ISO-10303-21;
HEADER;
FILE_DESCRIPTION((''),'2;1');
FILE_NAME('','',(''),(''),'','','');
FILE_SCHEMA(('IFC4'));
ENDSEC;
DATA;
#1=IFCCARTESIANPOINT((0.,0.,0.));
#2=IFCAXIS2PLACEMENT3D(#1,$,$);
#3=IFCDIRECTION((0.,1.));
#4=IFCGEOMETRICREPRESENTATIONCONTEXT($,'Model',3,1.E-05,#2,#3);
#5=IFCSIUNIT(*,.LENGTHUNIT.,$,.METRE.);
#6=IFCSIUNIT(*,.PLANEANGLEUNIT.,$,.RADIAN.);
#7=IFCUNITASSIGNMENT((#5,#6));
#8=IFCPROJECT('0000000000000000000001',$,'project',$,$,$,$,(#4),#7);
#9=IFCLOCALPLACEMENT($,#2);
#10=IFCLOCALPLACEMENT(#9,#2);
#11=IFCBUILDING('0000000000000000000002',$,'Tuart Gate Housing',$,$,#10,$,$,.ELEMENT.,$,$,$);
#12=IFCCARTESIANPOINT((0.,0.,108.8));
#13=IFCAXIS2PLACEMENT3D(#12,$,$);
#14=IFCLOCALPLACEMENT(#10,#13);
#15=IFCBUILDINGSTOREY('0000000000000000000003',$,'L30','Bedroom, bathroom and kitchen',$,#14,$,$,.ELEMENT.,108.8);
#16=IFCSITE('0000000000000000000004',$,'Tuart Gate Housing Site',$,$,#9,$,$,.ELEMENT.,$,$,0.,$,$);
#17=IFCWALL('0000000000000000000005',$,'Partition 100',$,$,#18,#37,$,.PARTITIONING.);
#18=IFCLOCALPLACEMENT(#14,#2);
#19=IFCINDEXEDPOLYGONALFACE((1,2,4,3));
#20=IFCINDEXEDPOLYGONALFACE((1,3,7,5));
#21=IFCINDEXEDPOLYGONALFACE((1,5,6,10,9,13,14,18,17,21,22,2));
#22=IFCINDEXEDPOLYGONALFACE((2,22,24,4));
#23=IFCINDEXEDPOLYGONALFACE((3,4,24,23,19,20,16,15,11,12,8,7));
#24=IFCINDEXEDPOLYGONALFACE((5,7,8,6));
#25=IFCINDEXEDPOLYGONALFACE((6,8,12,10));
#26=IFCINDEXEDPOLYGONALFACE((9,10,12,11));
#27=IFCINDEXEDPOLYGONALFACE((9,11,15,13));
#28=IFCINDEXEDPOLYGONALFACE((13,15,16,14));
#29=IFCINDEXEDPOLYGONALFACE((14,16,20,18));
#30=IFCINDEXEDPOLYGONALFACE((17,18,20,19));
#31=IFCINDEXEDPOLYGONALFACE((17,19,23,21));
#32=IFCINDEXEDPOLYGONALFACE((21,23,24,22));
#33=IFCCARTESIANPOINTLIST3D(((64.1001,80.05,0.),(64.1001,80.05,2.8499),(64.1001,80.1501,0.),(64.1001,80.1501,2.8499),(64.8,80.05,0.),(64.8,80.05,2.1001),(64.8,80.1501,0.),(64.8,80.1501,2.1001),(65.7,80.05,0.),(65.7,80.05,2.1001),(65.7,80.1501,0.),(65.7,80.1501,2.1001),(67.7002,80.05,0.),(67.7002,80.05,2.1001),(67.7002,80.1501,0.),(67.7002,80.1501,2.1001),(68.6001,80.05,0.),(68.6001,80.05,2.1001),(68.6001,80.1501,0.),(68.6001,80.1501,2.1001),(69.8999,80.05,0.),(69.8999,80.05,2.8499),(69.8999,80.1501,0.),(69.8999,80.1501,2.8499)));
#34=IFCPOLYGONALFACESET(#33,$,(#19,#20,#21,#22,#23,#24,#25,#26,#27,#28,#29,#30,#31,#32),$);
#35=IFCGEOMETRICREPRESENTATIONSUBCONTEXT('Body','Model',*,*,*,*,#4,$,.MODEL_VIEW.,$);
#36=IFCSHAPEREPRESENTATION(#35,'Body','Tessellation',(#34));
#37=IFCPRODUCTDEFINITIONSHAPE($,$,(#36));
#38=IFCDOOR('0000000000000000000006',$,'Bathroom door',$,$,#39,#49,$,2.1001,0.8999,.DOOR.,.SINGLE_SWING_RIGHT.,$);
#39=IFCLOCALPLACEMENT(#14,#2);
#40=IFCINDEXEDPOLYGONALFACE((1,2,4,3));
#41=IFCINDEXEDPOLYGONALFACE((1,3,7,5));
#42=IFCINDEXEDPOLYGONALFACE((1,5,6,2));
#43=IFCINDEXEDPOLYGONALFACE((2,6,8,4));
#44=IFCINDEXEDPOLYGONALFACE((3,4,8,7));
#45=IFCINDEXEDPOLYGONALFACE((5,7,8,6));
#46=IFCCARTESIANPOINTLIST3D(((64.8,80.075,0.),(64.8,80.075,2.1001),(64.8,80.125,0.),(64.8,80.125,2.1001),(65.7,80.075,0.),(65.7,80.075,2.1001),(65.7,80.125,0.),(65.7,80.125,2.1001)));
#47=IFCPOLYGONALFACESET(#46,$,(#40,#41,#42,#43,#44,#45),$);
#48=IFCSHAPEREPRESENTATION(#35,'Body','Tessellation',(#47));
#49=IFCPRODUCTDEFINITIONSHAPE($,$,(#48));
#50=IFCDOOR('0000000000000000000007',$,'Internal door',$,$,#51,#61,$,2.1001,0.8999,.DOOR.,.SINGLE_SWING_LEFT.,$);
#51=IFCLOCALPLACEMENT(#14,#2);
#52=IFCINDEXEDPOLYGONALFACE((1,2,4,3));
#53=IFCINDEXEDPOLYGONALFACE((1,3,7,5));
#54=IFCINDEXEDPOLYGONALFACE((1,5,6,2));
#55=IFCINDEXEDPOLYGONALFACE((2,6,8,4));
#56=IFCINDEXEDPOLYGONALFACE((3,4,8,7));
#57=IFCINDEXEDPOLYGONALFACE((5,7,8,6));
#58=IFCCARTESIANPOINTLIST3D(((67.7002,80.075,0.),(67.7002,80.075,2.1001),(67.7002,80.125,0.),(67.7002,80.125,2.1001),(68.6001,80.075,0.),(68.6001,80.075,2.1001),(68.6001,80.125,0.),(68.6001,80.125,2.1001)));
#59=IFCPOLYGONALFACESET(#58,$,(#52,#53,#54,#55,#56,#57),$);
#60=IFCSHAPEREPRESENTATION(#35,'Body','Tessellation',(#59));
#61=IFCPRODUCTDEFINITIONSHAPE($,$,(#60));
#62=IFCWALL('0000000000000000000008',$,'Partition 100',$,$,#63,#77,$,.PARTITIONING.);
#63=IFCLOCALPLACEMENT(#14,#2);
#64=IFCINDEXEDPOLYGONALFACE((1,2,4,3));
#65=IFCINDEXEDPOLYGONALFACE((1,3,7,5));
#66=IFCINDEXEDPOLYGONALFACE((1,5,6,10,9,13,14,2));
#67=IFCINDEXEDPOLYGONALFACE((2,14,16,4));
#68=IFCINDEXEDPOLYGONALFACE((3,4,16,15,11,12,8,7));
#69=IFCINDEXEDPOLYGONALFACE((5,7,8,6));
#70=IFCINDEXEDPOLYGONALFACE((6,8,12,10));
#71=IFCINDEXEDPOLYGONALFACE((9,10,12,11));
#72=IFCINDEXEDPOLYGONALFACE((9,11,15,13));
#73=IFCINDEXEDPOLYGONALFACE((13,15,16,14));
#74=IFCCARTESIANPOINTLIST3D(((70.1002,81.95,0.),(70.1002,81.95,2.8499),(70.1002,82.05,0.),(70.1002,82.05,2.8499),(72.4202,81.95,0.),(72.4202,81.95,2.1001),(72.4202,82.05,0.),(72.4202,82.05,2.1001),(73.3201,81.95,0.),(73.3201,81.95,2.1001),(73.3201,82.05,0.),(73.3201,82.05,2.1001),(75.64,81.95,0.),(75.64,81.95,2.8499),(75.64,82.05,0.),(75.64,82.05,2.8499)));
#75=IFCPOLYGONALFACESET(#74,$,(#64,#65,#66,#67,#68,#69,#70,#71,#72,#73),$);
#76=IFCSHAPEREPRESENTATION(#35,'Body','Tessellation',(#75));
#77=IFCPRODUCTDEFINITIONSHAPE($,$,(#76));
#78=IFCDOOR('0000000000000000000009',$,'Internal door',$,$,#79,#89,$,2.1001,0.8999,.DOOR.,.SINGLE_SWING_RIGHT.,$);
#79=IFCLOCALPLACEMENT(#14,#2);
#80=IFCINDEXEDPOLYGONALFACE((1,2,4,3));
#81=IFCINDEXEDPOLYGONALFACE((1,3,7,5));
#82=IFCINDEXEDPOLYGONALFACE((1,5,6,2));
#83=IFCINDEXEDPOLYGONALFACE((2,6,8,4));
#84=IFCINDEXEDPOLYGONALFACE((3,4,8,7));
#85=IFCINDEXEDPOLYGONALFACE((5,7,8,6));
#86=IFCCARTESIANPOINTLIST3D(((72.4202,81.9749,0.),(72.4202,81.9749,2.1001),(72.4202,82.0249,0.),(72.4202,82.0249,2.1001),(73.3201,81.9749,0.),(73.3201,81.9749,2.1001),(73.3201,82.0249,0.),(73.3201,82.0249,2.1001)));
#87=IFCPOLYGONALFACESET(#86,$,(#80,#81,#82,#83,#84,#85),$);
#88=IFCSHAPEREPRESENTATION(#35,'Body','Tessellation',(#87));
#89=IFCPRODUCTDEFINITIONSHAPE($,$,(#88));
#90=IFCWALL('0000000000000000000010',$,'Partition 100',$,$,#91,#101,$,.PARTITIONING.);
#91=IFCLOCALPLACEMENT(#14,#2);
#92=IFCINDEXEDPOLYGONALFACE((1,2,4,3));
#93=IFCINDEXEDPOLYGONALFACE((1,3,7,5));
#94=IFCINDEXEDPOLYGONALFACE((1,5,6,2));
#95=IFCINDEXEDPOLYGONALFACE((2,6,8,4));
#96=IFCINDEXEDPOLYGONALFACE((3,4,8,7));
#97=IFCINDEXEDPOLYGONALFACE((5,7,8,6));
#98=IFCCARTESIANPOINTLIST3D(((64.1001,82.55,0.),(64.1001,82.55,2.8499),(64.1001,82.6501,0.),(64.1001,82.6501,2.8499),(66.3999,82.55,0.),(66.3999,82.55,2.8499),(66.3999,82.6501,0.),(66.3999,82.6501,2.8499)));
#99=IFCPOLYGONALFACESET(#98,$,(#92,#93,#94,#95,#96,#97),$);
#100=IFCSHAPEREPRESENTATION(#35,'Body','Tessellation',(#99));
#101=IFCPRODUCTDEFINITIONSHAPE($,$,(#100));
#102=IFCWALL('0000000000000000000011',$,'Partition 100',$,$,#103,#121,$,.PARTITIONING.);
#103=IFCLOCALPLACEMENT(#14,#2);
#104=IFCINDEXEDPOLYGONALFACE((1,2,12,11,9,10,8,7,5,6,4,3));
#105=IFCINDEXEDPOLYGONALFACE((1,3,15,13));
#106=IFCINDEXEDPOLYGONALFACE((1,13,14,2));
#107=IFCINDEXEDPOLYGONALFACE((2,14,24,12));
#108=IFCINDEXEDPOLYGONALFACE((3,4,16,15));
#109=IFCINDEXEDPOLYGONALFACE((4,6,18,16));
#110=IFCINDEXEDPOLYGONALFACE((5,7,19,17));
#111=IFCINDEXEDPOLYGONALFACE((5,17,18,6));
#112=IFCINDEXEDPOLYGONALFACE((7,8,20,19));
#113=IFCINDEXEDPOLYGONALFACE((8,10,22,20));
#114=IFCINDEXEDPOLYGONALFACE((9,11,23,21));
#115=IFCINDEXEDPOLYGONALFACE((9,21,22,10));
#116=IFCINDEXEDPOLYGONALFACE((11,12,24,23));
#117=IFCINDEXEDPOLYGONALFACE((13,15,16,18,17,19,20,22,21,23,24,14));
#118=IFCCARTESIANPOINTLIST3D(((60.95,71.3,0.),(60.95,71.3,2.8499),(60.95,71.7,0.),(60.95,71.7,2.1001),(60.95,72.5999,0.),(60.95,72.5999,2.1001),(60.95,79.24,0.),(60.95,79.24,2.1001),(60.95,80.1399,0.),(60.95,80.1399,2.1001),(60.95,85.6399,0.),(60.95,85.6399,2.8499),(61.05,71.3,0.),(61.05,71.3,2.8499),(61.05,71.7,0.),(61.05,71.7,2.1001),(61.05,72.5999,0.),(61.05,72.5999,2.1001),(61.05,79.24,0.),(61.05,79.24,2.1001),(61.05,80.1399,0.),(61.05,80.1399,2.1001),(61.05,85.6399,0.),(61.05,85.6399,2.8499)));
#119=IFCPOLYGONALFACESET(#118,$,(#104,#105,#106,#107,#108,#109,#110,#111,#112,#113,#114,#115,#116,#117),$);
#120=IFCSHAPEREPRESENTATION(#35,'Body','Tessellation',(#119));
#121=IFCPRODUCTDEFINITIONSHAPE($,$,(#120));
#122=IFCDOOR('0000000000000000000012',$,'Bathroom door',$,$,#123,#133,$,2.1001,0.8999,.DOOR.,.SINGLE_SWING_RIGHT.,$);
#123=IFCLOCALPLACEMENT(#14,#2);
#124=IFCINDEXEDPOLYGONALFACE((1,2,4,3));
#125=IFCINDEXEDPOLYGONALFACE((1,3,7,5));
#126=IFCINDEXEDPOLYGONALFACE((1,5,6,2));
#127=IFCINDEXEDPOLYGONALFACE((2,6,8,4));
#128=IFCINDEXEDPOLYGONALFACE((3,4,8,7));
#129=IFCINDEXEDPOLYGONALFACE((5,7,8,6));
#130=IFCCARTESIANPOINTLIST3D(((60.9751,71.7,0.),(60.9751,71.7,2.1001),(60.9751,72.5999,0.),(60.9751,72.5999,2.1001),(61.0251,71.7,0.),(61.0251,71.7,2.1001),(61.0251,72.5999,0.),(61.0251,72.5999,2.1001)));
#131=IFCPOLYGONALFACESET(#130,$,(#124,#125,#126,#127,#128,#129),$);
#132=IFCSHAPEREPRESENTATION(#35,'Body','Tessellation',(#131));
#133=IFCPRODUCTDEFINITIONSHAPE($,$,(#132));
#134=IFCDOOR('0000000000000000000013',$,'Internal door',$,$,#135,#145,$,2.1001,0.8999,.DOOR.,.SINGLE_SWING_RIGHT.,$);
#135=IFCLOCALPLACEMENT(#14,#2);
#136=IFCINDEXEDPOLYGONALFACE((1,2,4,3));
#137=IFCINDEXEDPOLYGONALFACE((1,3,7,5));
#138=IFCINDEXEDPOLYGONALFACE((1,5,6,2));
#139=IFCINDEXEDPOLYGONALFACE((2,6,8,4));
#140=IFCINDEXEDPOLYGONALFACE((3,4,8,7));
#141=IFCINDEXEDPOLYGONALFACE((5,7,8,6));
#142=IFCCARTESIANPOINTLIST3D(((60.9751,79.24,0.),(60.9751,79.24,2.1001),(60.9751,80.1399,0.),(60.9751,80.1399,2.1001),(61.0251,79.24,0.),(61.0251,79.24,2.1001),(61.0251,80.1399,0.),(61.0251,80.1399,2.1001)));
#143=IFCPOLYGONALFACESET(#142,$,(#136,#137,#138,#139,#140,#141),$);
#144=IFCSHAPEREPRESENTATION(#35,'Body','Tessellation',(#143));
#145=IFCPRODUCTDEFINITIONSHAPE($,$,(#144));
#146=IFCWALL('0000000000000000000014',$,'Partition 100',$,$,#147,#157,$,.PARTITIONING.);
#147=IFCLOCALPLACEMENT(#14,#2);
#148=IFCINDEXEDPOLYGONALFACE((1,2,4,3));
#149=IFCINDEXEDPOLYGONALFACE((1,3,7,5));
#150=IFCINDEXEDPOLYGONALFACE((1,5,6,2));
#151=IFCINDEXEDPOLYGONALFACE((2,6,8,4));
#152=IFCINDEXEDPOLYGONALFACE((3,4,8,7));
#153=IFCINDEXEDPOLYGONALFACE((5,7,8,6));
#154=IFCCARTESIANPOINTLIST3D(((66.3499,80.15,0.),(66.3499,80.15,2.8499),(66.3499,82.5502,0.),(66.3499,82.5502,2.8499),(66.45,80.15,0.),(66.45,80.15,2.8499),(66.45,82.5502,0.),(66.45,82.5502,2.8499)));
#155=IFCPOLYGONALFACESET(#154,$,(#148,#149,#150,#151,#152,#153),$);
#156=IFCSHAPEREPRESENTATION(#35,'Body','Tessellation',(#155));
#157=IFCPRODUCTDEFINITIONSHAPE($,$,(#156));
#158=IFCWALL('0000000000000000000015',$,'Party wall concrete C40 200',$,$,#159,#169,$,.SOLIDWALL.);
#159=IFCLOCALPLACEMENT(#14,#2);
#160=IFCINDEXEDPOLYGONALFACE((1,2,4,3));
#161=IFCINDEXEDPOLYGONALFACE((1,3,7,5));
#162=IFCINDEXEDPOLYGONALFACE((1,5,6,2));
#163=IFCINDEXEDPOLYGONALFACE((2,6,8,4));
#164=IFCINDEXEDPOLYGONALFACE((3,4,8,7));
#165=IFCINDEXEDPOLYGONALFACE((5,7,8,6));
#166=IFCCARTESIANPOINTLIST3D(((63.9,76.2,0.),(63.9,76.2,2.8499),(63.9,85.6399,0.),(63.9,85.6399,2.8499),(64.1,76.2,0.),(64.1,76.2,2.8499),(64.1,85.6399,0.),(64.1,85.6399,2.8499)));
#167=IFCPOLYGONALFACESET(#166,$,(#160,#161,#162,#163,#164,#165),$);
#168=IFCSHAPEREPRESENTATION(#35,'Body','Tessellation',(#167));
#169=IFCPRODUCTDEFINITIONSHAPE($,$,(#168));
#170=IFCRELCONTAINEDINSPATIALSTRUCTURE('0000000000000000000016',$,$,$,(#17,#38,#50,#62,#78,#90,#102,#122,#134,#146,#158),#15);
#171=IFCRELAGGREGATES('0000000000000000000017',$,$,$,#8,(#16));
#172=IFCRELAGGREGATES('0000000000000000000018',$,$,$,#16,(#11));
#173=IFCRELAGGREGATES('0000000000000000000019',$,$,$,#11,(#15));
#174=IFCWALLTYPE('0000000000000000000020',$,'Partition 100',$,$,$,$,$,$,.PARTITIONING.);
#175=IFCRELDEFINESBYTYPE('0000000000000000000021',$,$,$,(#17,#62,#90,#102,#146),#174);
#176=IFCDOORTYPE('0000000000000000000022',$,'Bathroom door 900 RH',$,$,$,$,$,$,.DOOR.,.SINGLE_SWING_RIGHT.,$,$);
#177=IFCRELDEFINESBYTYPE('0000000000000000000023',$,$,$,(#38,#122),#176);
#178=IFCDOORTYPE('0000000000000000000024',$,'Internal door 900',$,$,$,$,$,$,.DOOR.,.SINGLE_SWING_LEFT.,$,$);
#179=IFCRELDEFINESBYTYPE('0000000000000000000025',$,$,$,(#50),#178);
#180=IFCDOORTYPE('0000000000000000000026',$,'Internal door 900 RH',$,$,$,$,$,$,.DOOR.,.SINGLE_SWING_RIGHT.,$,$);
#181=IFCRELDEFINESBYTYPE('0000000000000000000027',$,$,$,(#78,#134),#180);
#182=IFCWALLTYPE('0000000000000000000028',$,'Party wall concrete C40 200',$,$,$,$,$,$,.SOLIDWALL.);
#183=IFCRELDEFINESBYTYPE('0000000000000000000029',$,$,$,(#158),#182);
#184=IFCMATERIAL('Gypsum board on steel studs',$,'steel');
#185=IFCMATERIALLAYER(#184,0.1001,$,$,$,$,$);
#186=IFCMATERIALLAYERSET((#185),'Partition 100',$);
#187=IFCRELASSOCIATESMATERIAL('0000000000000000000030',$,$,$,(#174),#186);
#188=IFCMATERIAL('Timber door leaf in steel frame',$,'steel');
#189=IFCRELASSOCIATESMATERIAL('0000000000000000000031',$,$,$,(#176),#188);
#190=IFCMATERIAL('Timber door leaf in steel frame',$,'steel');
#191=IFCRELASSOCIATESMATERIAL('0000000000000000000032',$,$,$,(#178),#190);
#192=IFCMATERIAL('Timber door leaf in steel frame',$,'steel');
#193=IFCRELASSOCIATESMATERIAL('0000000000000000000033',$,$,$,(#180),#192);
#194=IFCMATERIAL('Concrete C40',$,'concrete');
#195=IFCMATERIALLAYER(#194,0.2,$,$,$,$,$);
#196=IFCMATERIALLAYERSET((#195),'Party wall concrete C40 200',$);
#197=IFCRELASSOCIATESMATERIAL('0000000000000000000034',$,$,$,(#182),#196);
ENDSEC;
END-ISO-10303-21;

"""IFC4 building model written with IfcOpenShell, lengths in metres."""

from ifc_helpers import new_model, si_unit, direction, frame, frame_2d, origin, place, context, subcontext, project, spatial, rectangle, extrude, material, layer, layer_set, type_object, element, fill, save


model = new_model("IFC4")

# Units and contexts
model_context = context("Model", 3, precision=1e-05, world=origin(), true_north=direction((0.0, 1.0)))
body_context = subcontext(model_context, "Body", "Model", "MODEL_VIEW")
ifc_project = project(units=[si_unit("LENGTHUNIT", "METRE"), si_unit("PLANEANGLEUNIT", "RADIAN")], contexts=[model_context])

# Site, building, storey
site_placement = place(None, origin())
site = spatial("IfcSite", under=ifc_project, at=site_placement, Name="Tuart Gate Housing Site", CompositionType="ELEMENT", RefElevation=0.0)
building_placement = place(site_placement, origin())
building = spatial("IfcBuilding", under=site, at=building_placement, Name="Tuart Gate Housing", CompositionType="ELEMENT")
storey_placement = place(building_placement, frame((0.0, 0.0, 108.8)))
storey = spatial("IfcBuildingStorey", under=building, at=storey_placement, Name="L30", Description="Bedroom, bathroom and kitchen", CompositionType="ELEMENT", Elevation=108.8)

# Shared definitions
ifc_material_1 = material(Name="Gypsum board on steel studs", Category="steel")
ifc_layer_1 = layer(ifc_material_1, 0.1001)
ifc_layer_set_1 = layer_set([ifc_layer_1], Name="Partition 100")
wall_type_1 = type_object("IfcWallType", Name="Partition 100", PredefinedType="PARTITIONING", material=ifc_layer_set_1)

# Wall, openings, doors
wall_1_placement = place(storey_placement, frame((64.1001, 80.1001, 0.0), z_axis=(0.0, 0.0, 1.0), x_axis=(1.0, 0.0, 0.0)))
wall_1 = element("IfcWall", 1, at=wall_1_placement, inside=storey, type_object=wall_type_1, Name="Partition 100", PredefinedType="PARTITIONING", context=body_context, shape_type="SweptSolid", body=[
    extrude(rectangle(XDim=5.7998, YDim=0.1001, at=frame_2d((2.8999, 0.0))), origin(), (0.0, 0.0, 1.0), 2.8499),
])
opening_1_placement = place(wall_1_placement, frame((3.6001, 0.0, 0.0)))
opening_1 = element("IfcOpeningElement", 2, at=opening_1_placement, cuts=wall_1, PredefinedType="OPENING", context=body_context, shape_type="SweptSolid", body=[
    extrude(rectangle(XDim=0.8999, YDim=2.1001, at=frame_2d((0.45, 1.05))), frame((0.0, 0.0601, 0.0), z_axis=(0.0, -1.0, 0.0), x_axis=(1.0, 0.0, 0.0)), (0.0, 0.0, 1.0), 0.1201),
])
opening_2_placement = place(wall_1_placement, frame((0.7, 0.0, 0.0)))
opening_2 = element("IfcOpeningElement", 3, at=opening_2_placement, cuts=wall_1, PredefinedType="OPENING", context=body_context, shape_type="SweptSolid", body=[
    extrude(rectangle(XDim=0.8999, YDim=2.1001, at=frame_2d((0.45, 1.05))), frame((0.0, 0.0601, 0.0), z_axis=(0.0, -1.0, 0.0), x_axis=(1.0, 0.0, 0.0)), (0.0, 0.0, 1.0), 0.1201),
])
ifc_material_2 = material(Name="Timber door leaf in steel frame", Category="steel")
door_type_1 = type_object("IfcDoorType", Name="Bathroom door 900 RH", OperationType="SINGLE_SWING_RIGHT", PredefinedType="DOOR", material=ifc_material_2)
door_1_placement = place(opening_2_placement, origin())
door_1 = element("IfcDoor", 4, at=door_1_placement, inside=storey, type_object=door_type_1, Name="Bathroom door", OperationType="SINGLE_SWING_RIGHT", OverallHeight=2.1001, OverallWidth=0.8999, PredefinedType="DOOR", context=body_context, shape_type="SweptSolid", body=[
    extrude(rectangle(XDim=0.8999, YDim=2.1001, at=frame_2d((0.45, 1.05))), frame((0.0, 0.0249, 0.0), z_axis=(0.0, -1.0, 0.0), x_axis=(1.0, 0.0, 0.0)), (0.0, 0.0, 1.0), 0.05),
])
fill(opening_2, door_1)
ifc_material_3 = material(Name="Timber door leaf in steel frame", Category="steel")
door_type_2 = type_object("IfcDoorType", Name="Internal door 900", OperationType="SINGLE_SWING_LEFT", PredefinedType="DOOR", material=ifc_material_3)
door_2_placement = place(opening_1_placement, origin())
door_2 = element("IfcDoor", 5, at=door_2_placement, inside=storey, type_object=door_type_2, Name="Internal door", OperationType="SINGLE_SWING_LEFT", OverallHeight=2.1001, OverallWidth=0.8999, PredefinedType="DOOR", context=body_context, shape_type="SweptSolid", body=[
    extrude(rectangle(XDim=0.8999, YDim=2.1001, at=frame_2d((0.45, 1.05))), frame((0.0, 0.0249, 0.0), z_axis=(0.0, -1.0, 0.0), x_axis=(1.0, 0.0, 0.0)), (0.0, 0.0, 1.0), 0.05),
])
fill(opening_1, door_2)

# Wall, opening, door
wall_2_placement = place(storey_placement, frame((70.1001, 82.0, 0.0), z_axis=(0.0, 0.0, 1.0), x_axis=(1.0, 0.0, 0.0)))
wall_2 = element("IfcWall", 6, at=wall_2_placement, inside=storey, type_object=wall_type_1, Name="Partition 100", PredefinedType="PARTITIONING", context=body_context, shape_type="SweptSolid", body=[
    extrude(rectangle(XDim=5.5398, YDim=0.1001, at=frame_2d((2.77, 0.0))), origin(), (0.0, 0.0, 1.0), 2.8499),
])
opening_3_placement = place(wall_2_placement, frame((2.3201, 0.0, 0.0)))
opening_3 = element("IfcOpeningElement", 7, at=opening_3_placement, cuts=wall_2, PredefinedType="OPENING", context=body_context, shape_type="SweptSolid", body=[
    extrude(rectangle(XDim=0.8999, YDim=2.1001, at=frame_2d((0.45, 1.05))), frame((0.0, 0.0601, 0.0), z_axis=(0.0, -1.0, 0.0), x_axis=(1.0, 0.0, 0.0)), (0.0, 0.0, 1.0), 0.1201),
])
ifc_material_4 = material(Name="Timber door leaf in steel frame", Category="steel")
door_type_3 = type_object("IfcDoorType", Name="Internal door 900 RH", OperationType="SINGLE_SWING_RIGHT", PredefinedType="DOOR", material=ifc_material_4)
door_3_placement = place(opening_3_placement, origin())
door_3 = element("IfcDoor", 8, at=door_3_placement, inside=storey, type_object=door_type_3, Name="Internal door", OperationType="SINGLE_SWING_RIGHT", OverallHeight=2.1001, OverallWidth=0.8999, PredefinedType="DOOR", context=body_context, shape_type="SweptSolid", body=[
    extrude(rectangle(XDim=0.8999, YDim=2.1001, at=frame_2d((0.45, 1.05))), frame((0.0, 0.0249, 0.0), z_axis=(0.0, -1.0, 0.0), x_axis=(1.0, 0.0, 0.0)), (0.0, 0.0, 1.0), 0.05),
])
fill(opening_3, door_3)

# Wall
wall_3_placement = place(storey_placement, frame((64.1001, 82.6001, 0.0), z_axis=(0.0, 0.0, 1.0), x_axis=(1.0, 0.0, 0.0)))
element("IfcWall", 9, at=wall_3_placement, inside=storey, type_object=wall_type_1, Name="Partition 100", PredefinedType="PARTITIONING", context=body_context, shape_type="SweptSolid", body=[
    extrude(rectangle(XDim=2.2998, YDim=0.1001, at=frame_2d((1.1499, 0.0))), origin(), (0.0, 0.0, 1.0), 2.8499),
])

# Wall, openings, doors
wall_4_placement = place(storey_placement, frame((61.0, 71.3, 0.0), z_axis=(0.0, 0.0, 1.0), x_axis=(0.0, 1.0, 0.0)))
wall_4 = element("IfcWall", 10, at=wall_4_placement, inside=storey, type_object=wall_type_1, Name="Partition 100", PredefinedType="PARTITIONING", context=body_context, shape_type="SweptSolid", body=[
    extrude(rectangle(XDim=14.3398, YDim=0.1001, at=frame_2d((7.1699, 0.0))), origin(), (0.0, 0.0, 1.0), 2.8499),
])
opening_4_placement = place(wall_4_placement, frame((7.9399, 0.0, 0.0)))
opening_4 = element("IfcOpeningElement", 11, at=opening_4_placement, cuts=wall_4, PredefinedType="OPENING", context=body_context, shape_type="SweptSolid", body=[
    extrude(rectangle(XDim=0.8999, YDim=2.1001, at=frame_2d((0.45, 1.05))), frame((0.0, 0.0601, 0.0), z_axis=(0.0, -1.0, 0.0), x_axis=(1.0, 0.0, 0.0)), (0.0, 0.0, 1.0), 0.1201),
])
opening_5_placement = place(wall_4_placement, frame((0.3999, 0.0, 0.0)))
opening_5 = element("IfcOpeningElement", 12, at=opening_5_placement, cuts=wall_4, PredefinedType="OPENING", context=body_context, shape_type="SweptSolid", body=[
    extrude(rectangle(XDim=0.8999, YDim=2.1001, at=frame_2d((0.45, 1.05))), frame((0.0, 0.0601, 0.0), z_axis=(0.0, -1.0, 0.0), x_axis=(1.0, 0.0, 0.0)), (0.0, 0.0, 1.0), 0.1201),
])
door_4_placement = place(opening_5_placement, frame((0.8999, 0.0, 0.0), z_axis=(0.0, 0.0, 1.0), x_axis=(-1.0, 0.0, 0.0)))
door_4 = element("IfcDoor", 13, at=door_4_placement, inside=storey, type_object=door_type_1, Name="Bathroom door", OperationType="SINGLE_SWING_RIGHT", OverallHeight=2.1001, OverallWidth=0.8999, PredefinedType="DOOR", context=body_context, shape_type="SweptSolid", body=[
    extrude(rectangle(XDim=0.8999, YDim=2.1001, at=frame_2d((0.45, 1.05))), frame((0.0, 0.0251, 0.0), z_axis=(0.0, -1.0, 0.0), x_axis=(1.0, 0.0, 0.0)), (0.0, 0.0, 1.0), 0.05),
])
fill(opening_5, door_4)
door_5_placement = place(opening_4_placement, frame((0.8999, 0.0, 0.0), z_axis=(0.0, 0.0, 1.0), x_axis=(-1.0, 0.0, 0.0)))
door_5 = element("IfcDoor", 14, at=door_5_placement, inside=storey, type_object=door_type_3, Name="Internal door", OperationType="SINGLE_SWING_RIGHT", OverallHeight=2.1001, OverallWidth=0.8999, PredefinedType="DOOR", context=body_context, shape_type="SweptSolid", body=[
    extrude(rectangle(XDim=0.8999, YDim=2.1001, at=frame_2d((0.45, 1.05))), frame((0.0, 0.0251, 0.0), z_axis=(0.0, -1.0, 0.0), x_axis=(1.0, 0.0, 0.0)), (0.0, 0.0, 1.0), 0.05),
])
fill(opening_4, door_5)

# Walls
wall_5_placement = place(storey_placement, frame((66.3999, 80.1499, 0.0), z_axis=(0.0, 0.0, 1.0), x_axis=(0.0, 1.0, 0.0)))
element("IfcWall", 15, at=wall_5_placement, inside=storey, type_object=wall_type_1, Name="Partition 100", PredefinedType="PARTITIONING", context=body_context, shape_type="SweptSolid", body=[
    extrude(rectangle(XDim=2.4001, YDim=0.1001, at=frame_2d((1.2002, 0.0))), origin(), (0.0, 0.0, 1.0), 2.8499),
])
ifc_material_5 = material(Name="Concrete C40", Category="concrete")
ifc_layer_2 = layer(ifc_material_5, 0.2)
ifc_layer_set_2 = layer_set([ifc_layer_2], Name="Party wall concrete C40 200")
wall_type_2 = type_object("IfcWallType", Name="Party wall concrete C40 200", PredefinedType="SOLIDWALL", material=ifc_layer_set_2)
wall_6_placement = place(storey_placement, frame((64.0, 76.2, 0.0), z_axis=(0.0, 0.0, 1.0), x_axis=(0.0, 1.0, 0.0)))
element("IfcWall", 16, at=wall_6_placement, inside=storey, type_object=wall_type_2, Name="Party wall concrete C40 200", PredefinedType="SOLIDWALL", context=body_context, shape_type="SweptSolid", body=[
    extrude(rectangle(XDim=9.4399, YDim=0.2, at=frame_2d((4.72, 0.0))), origin(), (0.0, 0.0, 1.0), 2.8499),
])

save(model, "model.ifc")
